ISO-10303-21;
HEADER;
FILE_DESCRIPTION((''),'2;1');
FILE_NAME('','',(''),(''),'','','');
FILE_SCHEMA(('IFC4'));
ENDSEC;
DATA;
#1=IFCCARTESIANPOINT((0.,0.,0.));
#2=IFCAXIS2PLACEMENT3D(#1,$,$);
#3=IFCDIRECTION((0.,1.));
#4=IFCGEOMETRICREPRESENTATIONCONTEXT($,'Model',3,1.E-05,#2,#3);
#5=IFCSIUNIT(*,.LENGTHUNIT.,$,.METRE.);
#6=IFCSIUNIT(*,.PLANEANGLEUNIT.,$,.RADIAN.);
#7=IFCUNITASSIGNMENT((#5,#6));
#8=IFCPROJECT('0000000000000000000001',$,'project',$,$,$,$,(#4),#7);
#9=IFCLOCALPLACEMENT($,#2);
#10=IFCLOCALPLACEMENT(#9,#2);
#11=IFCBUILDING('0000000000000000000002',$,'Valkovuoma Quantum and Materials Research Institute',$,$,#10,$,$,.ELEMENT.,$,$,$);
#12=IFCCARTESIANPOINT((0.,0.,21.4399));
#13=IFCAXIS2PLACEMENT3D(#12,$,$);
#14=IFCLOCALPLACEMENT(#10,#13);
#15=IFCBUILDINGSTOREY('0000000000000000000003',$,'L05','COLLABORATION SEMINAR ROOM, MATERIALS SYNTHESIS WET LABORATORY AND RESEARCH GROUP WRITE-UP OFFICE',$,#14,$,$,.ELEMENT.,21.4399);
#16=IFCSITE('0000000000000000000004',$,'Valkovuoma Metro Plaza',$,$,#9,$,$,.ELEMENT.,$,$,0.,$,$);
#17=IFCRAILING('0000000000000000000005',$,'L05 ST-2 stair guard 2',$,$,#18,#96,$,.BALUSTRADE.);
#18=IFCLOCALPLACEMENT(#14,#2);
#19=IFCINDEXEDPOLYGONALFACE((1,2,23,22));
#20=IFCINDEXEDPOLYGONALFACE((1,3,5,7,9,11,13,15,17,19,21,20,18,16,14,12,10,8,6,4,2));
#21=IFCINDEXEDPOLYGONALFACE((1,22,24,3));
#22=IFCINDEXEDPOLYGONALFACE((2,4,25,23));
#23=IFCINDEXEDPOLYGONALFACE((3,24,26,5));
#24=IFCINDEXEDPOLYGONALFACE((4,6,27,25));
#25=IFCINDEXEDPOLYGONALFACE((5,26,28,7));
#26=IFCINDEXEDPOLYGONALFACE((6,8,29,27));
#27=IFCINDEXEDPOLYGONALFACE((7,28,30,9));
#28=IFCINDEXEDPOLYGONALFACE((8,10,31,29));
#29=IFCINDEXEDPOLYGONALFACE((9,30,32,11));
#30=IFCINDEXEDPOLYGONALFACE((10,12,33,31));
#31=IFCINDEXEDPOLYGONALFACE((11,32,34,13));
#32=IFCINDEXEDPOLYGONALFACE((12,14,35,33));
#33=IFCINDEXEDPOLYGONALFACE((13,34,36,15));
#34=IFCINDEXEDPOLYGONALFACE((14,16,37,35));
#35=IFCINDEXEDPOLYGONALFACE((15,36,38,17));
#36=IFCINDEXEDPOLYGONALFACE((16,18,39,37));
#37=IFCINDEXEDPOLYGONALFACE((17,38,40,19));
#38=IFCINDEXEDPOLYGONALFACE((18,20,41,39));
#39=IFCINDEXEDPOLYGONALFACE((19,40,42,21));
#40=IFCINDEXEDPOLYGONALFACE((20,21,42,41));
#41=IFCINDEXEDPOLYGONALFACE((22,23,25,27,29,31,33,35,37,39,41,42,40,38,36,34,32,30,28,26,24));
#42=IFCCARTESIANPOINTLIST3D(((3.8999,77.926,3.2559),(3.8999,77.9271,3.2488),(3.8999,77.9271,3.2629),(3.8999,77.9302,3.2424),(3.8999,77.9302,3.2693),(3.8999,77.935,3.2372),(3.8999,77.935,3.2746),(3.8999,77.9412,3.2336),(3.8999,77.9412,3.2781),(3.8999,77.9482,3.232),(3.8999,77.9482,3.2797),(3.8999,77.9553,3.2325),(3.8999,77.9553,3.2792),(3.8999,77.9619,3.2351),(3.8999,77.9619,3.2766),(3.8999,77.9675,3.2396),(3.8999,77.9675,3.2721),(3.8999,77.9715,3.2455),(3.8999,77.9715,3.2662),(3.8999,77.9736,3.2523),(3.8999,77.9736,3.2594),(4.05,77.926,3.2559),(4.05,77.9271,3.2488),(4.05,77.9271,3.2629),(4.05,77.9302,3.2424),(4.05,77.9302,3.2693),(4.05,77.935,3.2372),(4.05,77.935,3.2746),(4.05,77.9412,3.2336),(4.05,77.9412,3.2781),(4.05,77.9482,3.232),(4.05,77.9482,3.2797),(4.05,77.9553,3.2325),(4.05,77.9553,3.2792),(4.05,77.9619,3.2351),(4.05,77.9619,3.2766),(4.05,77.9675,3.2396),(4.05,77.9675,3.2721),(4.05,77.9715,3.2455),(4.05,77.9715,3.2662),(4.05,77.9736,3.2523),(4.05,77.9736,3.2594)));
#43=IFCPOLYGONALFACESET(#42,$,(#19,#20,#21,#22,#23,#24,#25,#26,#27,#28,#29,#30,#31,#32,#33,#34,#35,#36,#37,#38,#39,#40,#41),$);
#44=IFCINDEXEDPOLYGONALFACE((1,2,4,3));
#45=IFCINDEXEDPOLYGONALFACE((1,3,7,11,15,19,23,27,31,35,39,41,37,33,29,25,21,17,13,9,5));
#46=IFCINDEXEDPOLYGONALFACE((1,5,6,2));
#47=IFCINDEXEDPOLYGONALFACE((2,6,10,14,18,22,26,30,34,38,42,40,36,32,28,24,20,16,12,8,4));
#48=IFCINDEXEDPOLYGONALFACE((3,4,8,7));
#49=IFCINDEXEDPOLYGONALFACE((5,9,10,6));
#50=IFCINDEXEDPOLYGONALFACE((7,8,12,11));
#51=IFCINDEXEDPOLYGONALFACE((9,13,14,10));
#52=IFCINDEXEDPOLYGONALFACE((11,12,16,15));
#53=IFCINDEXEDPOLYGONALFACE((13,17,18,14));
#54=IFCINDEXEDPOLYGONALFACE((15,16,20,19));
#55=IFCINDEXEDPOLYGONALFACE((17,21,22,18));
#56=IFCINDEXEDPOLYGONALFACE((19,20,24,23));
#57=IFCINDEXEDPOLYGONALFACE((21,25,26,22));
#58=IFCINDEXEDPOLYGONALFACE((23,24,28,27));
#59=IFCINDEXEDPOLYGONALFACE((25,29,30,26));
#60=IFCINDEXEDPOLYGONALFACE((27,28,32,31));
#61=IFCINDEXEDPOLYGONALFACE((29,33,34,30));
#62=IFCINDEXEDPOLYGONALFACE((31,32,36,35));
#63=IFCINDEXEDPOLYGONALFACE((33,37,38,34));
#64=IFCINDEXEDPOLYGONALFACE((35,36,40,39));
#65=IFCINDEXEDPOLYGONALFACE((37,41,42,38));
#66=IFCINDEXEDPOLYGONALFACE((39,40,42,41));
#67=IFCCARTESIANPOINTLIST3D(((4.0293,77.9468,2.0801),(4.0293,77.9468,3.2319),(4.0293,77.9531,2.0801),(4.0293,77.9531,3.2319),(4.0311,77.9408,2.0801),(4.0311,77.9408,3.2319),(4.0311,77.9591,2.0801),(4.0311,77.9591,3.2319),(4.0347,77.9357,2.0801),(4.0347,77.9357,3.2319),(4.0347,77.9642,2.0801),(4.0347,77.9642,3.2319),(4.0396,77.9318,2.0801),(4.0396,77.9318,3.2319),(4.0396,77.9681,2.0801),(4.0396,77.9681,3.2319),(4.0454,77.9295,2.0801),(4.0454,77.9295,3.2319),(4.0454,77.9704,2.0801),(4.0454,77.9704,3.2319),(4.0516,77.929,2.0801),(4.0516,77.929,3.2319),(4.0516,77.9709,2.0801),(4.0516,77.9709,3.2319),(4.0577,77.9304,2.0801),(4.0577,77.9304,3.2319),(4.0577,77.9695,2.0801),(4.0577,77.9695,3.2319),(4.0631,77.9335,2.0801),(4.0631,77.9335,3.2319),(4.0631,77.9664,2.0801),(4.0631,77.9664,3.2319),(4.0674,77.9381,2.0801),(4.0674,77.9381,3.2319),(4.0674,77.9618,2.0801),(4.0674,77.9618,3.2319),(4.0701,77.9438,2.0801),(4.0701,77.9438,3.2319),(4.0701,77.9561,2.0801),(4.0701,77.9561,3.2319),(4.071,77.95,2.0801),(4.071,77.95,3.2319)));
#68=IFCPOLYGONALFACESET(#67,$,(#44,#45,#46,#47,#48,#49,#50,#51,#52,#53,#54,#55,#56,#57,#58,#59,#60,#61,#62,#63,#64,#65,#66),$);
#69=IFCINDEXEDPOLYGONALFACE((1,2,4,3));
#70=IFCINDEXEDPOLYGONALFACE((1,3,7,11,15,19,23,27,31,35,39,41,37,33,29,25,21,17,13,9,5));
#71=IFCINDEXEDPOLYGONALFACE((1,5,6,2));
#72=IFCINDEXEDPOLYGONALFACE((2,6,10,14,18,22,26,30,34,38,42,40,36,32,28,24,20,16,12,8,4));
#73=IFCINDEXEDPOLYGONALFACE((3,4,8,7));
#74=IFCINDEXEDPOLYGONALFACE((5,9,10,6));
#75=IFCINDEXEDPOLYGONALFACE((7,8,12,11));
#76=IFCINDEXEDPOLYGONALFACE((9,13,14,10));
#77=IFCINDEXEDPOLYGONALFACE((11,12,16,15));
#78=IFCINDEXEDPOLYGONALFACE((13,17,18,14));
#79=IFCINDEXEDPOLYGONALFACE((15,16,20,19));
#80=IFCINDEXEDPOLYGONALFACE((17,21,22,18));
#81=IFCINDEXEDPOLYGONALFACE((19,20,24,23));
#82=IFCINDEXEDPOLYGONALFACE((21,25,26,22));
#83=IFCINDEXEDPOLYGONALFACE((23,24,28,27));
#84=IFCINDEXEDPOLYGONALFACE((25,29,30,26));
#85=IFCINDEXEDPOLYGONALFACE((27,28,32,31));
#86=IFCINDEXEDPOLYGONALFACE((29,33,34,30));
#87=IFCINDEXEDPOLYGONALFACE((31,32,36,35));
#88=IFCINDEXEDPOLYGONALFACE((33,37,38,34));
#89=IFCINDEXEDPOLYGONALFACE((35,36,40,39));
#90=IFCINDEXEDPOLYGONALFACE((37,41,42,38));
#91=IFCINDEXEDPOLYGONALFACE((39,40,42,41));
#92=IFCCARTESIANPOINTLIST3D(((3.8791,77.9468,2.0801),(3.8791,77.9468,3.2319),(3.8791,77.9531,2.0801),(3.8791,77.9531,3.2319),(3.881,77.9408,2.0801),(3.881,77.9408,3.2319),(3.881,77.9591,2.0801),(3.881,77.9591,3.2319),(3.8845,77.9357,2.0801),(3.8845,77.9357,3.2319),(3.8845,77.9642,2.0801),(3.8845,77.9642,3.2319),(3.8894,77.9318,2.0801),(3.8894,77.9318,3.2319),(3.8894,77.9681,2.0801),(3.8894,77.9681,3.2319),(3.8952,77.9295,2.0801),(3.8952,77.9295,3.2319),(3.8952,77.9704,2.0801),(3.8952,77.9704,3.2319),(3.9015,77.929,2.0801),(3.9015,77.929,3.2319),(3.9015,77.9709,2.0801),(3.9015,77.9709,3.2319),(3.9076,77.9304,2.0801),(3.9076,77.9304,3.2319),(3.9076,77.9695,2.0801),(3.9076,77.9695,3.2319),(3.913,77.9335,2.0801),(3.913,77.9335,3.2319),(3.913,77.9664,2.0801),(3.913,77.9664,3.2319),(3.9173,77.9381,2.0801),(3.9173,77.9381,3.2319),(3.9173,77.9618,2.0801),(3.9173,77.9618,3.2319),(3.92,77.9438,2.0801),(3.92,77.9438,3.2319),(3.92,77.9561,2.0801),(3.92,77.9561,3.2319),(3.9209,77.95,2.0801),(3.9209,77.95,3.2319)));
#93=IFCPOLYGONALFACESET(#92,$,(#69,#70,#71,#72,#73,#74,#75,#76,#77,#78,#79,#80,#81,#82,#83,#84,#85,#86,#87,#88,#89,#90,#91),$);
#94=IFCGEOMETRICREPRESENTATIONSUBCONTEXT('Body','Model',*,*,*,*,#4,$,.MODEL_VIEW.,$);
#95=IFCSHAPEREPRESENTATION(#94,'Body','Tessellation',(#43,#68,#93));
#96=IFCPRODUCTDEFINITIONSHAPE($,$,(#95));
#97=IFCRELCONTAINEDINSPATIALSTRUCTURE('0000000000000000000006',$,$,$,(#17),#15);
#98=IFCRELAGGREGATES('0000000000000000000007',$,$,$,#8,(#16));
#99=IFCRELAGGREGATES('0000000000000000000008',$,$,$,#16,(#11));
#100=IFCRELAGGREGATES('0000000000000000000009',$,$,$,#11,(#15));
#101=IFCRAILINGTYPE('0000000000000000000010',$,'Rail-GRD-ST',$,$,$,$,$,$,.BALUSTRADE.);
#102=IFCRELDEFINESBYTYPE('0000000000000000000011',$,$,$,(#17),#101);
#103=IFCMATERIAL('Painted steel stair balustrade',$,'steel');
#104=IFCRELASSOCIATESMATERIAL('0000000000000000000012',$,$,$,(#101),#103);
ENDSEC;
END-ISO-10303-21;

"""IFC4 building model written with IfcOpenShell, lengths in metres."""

from ifc_helpers import new_model, si_unit, direction, frame, origin, origin_2d, place, context, subcontext, project, spatial, circle, extrude, material, type_object, element, save


model = new_model("IFC4")

# Units and contexts
model_context = context("Model", 3, precision=1e-05, world=origin(), true_north=direction((0.0, 1.0)))
body_context = subcontext(model_context, "Body", "Model", "MODEL_VIEW")
ifc_project = project(units=[si_unit("LENGTHUNIT", "METRE"), si_unit("PLANEANGLEUNIT", "RADIAN")], contexts=[model_context])

# Site, building, storey
site_placement = place(None, origin())
site = spatial("IfcSite", under=ifc_project, at=site_placement, Name="Valkovuoma Metro Plaza", CompositionType="ELEMENT", RefElevation=0.0)
building_placement = place(site_placement, origin())
building = spatial("IfcBuilding", under=site, at=building_placement, Name="Valkovuoma Quantum and Materials Research Institute", CompositionType="ELEMENT")
storey_placement = place(building_placement, frame((0.0, 0.0, 21.4399)))
storey = spatial("IfcBuildingStorey", under=building, at=storey_placement, Name="L05", Description="COLLABORATION SEMINAR ROOM, MATERIALS SYNTHESIS WET LABORATORY AND RESEARCH GROUP WRITE-UP OFFICE", CompositionType="ELEMENT", Elevation=21.4399)

# Railing
ifc_material_1 = material(Name="Painted steel stair balustrade", Category="steel")
railing_type_1 = type_object("IfcRailingType", Name="Rail-GRD-ST", PredefinedType="BALUSTRADE", material=ifc_material_1)
railing_1_placement = place(storey_placement, frame((4.05, 77.95, 2.0801)))
element("IfcRailing", 1, at=railing_1_placement, inside=storey, type_object=railing_type_1, Name="L05 ST-2 stair guard 2", PredefinedType="BALUSTRADE", context=body_context, shape_type="SweptSolid", body=[
    extrude(circle(Radius=0.0239, at=origin_2d()), frame((0.0, 0.0, 1.1758), z_axis=(-1.0, 0.0, 0.0), x_axis=(0.0, -1.0, 0.0)), (0.0, 0.0, 1.0), 0.1501),
    extrude(circle(Radius=0.021, at=origin_2d()), origin(), (0.0, 0.0, 1.0), 1.1519),
    extrude(circle(Radius=0.021, at=origin_2d()), frame((-0.1501, 0.0, 0.0)), (0.0, 0.0, 1.0), 1.1519),
])

save(model, "model.ifc")
